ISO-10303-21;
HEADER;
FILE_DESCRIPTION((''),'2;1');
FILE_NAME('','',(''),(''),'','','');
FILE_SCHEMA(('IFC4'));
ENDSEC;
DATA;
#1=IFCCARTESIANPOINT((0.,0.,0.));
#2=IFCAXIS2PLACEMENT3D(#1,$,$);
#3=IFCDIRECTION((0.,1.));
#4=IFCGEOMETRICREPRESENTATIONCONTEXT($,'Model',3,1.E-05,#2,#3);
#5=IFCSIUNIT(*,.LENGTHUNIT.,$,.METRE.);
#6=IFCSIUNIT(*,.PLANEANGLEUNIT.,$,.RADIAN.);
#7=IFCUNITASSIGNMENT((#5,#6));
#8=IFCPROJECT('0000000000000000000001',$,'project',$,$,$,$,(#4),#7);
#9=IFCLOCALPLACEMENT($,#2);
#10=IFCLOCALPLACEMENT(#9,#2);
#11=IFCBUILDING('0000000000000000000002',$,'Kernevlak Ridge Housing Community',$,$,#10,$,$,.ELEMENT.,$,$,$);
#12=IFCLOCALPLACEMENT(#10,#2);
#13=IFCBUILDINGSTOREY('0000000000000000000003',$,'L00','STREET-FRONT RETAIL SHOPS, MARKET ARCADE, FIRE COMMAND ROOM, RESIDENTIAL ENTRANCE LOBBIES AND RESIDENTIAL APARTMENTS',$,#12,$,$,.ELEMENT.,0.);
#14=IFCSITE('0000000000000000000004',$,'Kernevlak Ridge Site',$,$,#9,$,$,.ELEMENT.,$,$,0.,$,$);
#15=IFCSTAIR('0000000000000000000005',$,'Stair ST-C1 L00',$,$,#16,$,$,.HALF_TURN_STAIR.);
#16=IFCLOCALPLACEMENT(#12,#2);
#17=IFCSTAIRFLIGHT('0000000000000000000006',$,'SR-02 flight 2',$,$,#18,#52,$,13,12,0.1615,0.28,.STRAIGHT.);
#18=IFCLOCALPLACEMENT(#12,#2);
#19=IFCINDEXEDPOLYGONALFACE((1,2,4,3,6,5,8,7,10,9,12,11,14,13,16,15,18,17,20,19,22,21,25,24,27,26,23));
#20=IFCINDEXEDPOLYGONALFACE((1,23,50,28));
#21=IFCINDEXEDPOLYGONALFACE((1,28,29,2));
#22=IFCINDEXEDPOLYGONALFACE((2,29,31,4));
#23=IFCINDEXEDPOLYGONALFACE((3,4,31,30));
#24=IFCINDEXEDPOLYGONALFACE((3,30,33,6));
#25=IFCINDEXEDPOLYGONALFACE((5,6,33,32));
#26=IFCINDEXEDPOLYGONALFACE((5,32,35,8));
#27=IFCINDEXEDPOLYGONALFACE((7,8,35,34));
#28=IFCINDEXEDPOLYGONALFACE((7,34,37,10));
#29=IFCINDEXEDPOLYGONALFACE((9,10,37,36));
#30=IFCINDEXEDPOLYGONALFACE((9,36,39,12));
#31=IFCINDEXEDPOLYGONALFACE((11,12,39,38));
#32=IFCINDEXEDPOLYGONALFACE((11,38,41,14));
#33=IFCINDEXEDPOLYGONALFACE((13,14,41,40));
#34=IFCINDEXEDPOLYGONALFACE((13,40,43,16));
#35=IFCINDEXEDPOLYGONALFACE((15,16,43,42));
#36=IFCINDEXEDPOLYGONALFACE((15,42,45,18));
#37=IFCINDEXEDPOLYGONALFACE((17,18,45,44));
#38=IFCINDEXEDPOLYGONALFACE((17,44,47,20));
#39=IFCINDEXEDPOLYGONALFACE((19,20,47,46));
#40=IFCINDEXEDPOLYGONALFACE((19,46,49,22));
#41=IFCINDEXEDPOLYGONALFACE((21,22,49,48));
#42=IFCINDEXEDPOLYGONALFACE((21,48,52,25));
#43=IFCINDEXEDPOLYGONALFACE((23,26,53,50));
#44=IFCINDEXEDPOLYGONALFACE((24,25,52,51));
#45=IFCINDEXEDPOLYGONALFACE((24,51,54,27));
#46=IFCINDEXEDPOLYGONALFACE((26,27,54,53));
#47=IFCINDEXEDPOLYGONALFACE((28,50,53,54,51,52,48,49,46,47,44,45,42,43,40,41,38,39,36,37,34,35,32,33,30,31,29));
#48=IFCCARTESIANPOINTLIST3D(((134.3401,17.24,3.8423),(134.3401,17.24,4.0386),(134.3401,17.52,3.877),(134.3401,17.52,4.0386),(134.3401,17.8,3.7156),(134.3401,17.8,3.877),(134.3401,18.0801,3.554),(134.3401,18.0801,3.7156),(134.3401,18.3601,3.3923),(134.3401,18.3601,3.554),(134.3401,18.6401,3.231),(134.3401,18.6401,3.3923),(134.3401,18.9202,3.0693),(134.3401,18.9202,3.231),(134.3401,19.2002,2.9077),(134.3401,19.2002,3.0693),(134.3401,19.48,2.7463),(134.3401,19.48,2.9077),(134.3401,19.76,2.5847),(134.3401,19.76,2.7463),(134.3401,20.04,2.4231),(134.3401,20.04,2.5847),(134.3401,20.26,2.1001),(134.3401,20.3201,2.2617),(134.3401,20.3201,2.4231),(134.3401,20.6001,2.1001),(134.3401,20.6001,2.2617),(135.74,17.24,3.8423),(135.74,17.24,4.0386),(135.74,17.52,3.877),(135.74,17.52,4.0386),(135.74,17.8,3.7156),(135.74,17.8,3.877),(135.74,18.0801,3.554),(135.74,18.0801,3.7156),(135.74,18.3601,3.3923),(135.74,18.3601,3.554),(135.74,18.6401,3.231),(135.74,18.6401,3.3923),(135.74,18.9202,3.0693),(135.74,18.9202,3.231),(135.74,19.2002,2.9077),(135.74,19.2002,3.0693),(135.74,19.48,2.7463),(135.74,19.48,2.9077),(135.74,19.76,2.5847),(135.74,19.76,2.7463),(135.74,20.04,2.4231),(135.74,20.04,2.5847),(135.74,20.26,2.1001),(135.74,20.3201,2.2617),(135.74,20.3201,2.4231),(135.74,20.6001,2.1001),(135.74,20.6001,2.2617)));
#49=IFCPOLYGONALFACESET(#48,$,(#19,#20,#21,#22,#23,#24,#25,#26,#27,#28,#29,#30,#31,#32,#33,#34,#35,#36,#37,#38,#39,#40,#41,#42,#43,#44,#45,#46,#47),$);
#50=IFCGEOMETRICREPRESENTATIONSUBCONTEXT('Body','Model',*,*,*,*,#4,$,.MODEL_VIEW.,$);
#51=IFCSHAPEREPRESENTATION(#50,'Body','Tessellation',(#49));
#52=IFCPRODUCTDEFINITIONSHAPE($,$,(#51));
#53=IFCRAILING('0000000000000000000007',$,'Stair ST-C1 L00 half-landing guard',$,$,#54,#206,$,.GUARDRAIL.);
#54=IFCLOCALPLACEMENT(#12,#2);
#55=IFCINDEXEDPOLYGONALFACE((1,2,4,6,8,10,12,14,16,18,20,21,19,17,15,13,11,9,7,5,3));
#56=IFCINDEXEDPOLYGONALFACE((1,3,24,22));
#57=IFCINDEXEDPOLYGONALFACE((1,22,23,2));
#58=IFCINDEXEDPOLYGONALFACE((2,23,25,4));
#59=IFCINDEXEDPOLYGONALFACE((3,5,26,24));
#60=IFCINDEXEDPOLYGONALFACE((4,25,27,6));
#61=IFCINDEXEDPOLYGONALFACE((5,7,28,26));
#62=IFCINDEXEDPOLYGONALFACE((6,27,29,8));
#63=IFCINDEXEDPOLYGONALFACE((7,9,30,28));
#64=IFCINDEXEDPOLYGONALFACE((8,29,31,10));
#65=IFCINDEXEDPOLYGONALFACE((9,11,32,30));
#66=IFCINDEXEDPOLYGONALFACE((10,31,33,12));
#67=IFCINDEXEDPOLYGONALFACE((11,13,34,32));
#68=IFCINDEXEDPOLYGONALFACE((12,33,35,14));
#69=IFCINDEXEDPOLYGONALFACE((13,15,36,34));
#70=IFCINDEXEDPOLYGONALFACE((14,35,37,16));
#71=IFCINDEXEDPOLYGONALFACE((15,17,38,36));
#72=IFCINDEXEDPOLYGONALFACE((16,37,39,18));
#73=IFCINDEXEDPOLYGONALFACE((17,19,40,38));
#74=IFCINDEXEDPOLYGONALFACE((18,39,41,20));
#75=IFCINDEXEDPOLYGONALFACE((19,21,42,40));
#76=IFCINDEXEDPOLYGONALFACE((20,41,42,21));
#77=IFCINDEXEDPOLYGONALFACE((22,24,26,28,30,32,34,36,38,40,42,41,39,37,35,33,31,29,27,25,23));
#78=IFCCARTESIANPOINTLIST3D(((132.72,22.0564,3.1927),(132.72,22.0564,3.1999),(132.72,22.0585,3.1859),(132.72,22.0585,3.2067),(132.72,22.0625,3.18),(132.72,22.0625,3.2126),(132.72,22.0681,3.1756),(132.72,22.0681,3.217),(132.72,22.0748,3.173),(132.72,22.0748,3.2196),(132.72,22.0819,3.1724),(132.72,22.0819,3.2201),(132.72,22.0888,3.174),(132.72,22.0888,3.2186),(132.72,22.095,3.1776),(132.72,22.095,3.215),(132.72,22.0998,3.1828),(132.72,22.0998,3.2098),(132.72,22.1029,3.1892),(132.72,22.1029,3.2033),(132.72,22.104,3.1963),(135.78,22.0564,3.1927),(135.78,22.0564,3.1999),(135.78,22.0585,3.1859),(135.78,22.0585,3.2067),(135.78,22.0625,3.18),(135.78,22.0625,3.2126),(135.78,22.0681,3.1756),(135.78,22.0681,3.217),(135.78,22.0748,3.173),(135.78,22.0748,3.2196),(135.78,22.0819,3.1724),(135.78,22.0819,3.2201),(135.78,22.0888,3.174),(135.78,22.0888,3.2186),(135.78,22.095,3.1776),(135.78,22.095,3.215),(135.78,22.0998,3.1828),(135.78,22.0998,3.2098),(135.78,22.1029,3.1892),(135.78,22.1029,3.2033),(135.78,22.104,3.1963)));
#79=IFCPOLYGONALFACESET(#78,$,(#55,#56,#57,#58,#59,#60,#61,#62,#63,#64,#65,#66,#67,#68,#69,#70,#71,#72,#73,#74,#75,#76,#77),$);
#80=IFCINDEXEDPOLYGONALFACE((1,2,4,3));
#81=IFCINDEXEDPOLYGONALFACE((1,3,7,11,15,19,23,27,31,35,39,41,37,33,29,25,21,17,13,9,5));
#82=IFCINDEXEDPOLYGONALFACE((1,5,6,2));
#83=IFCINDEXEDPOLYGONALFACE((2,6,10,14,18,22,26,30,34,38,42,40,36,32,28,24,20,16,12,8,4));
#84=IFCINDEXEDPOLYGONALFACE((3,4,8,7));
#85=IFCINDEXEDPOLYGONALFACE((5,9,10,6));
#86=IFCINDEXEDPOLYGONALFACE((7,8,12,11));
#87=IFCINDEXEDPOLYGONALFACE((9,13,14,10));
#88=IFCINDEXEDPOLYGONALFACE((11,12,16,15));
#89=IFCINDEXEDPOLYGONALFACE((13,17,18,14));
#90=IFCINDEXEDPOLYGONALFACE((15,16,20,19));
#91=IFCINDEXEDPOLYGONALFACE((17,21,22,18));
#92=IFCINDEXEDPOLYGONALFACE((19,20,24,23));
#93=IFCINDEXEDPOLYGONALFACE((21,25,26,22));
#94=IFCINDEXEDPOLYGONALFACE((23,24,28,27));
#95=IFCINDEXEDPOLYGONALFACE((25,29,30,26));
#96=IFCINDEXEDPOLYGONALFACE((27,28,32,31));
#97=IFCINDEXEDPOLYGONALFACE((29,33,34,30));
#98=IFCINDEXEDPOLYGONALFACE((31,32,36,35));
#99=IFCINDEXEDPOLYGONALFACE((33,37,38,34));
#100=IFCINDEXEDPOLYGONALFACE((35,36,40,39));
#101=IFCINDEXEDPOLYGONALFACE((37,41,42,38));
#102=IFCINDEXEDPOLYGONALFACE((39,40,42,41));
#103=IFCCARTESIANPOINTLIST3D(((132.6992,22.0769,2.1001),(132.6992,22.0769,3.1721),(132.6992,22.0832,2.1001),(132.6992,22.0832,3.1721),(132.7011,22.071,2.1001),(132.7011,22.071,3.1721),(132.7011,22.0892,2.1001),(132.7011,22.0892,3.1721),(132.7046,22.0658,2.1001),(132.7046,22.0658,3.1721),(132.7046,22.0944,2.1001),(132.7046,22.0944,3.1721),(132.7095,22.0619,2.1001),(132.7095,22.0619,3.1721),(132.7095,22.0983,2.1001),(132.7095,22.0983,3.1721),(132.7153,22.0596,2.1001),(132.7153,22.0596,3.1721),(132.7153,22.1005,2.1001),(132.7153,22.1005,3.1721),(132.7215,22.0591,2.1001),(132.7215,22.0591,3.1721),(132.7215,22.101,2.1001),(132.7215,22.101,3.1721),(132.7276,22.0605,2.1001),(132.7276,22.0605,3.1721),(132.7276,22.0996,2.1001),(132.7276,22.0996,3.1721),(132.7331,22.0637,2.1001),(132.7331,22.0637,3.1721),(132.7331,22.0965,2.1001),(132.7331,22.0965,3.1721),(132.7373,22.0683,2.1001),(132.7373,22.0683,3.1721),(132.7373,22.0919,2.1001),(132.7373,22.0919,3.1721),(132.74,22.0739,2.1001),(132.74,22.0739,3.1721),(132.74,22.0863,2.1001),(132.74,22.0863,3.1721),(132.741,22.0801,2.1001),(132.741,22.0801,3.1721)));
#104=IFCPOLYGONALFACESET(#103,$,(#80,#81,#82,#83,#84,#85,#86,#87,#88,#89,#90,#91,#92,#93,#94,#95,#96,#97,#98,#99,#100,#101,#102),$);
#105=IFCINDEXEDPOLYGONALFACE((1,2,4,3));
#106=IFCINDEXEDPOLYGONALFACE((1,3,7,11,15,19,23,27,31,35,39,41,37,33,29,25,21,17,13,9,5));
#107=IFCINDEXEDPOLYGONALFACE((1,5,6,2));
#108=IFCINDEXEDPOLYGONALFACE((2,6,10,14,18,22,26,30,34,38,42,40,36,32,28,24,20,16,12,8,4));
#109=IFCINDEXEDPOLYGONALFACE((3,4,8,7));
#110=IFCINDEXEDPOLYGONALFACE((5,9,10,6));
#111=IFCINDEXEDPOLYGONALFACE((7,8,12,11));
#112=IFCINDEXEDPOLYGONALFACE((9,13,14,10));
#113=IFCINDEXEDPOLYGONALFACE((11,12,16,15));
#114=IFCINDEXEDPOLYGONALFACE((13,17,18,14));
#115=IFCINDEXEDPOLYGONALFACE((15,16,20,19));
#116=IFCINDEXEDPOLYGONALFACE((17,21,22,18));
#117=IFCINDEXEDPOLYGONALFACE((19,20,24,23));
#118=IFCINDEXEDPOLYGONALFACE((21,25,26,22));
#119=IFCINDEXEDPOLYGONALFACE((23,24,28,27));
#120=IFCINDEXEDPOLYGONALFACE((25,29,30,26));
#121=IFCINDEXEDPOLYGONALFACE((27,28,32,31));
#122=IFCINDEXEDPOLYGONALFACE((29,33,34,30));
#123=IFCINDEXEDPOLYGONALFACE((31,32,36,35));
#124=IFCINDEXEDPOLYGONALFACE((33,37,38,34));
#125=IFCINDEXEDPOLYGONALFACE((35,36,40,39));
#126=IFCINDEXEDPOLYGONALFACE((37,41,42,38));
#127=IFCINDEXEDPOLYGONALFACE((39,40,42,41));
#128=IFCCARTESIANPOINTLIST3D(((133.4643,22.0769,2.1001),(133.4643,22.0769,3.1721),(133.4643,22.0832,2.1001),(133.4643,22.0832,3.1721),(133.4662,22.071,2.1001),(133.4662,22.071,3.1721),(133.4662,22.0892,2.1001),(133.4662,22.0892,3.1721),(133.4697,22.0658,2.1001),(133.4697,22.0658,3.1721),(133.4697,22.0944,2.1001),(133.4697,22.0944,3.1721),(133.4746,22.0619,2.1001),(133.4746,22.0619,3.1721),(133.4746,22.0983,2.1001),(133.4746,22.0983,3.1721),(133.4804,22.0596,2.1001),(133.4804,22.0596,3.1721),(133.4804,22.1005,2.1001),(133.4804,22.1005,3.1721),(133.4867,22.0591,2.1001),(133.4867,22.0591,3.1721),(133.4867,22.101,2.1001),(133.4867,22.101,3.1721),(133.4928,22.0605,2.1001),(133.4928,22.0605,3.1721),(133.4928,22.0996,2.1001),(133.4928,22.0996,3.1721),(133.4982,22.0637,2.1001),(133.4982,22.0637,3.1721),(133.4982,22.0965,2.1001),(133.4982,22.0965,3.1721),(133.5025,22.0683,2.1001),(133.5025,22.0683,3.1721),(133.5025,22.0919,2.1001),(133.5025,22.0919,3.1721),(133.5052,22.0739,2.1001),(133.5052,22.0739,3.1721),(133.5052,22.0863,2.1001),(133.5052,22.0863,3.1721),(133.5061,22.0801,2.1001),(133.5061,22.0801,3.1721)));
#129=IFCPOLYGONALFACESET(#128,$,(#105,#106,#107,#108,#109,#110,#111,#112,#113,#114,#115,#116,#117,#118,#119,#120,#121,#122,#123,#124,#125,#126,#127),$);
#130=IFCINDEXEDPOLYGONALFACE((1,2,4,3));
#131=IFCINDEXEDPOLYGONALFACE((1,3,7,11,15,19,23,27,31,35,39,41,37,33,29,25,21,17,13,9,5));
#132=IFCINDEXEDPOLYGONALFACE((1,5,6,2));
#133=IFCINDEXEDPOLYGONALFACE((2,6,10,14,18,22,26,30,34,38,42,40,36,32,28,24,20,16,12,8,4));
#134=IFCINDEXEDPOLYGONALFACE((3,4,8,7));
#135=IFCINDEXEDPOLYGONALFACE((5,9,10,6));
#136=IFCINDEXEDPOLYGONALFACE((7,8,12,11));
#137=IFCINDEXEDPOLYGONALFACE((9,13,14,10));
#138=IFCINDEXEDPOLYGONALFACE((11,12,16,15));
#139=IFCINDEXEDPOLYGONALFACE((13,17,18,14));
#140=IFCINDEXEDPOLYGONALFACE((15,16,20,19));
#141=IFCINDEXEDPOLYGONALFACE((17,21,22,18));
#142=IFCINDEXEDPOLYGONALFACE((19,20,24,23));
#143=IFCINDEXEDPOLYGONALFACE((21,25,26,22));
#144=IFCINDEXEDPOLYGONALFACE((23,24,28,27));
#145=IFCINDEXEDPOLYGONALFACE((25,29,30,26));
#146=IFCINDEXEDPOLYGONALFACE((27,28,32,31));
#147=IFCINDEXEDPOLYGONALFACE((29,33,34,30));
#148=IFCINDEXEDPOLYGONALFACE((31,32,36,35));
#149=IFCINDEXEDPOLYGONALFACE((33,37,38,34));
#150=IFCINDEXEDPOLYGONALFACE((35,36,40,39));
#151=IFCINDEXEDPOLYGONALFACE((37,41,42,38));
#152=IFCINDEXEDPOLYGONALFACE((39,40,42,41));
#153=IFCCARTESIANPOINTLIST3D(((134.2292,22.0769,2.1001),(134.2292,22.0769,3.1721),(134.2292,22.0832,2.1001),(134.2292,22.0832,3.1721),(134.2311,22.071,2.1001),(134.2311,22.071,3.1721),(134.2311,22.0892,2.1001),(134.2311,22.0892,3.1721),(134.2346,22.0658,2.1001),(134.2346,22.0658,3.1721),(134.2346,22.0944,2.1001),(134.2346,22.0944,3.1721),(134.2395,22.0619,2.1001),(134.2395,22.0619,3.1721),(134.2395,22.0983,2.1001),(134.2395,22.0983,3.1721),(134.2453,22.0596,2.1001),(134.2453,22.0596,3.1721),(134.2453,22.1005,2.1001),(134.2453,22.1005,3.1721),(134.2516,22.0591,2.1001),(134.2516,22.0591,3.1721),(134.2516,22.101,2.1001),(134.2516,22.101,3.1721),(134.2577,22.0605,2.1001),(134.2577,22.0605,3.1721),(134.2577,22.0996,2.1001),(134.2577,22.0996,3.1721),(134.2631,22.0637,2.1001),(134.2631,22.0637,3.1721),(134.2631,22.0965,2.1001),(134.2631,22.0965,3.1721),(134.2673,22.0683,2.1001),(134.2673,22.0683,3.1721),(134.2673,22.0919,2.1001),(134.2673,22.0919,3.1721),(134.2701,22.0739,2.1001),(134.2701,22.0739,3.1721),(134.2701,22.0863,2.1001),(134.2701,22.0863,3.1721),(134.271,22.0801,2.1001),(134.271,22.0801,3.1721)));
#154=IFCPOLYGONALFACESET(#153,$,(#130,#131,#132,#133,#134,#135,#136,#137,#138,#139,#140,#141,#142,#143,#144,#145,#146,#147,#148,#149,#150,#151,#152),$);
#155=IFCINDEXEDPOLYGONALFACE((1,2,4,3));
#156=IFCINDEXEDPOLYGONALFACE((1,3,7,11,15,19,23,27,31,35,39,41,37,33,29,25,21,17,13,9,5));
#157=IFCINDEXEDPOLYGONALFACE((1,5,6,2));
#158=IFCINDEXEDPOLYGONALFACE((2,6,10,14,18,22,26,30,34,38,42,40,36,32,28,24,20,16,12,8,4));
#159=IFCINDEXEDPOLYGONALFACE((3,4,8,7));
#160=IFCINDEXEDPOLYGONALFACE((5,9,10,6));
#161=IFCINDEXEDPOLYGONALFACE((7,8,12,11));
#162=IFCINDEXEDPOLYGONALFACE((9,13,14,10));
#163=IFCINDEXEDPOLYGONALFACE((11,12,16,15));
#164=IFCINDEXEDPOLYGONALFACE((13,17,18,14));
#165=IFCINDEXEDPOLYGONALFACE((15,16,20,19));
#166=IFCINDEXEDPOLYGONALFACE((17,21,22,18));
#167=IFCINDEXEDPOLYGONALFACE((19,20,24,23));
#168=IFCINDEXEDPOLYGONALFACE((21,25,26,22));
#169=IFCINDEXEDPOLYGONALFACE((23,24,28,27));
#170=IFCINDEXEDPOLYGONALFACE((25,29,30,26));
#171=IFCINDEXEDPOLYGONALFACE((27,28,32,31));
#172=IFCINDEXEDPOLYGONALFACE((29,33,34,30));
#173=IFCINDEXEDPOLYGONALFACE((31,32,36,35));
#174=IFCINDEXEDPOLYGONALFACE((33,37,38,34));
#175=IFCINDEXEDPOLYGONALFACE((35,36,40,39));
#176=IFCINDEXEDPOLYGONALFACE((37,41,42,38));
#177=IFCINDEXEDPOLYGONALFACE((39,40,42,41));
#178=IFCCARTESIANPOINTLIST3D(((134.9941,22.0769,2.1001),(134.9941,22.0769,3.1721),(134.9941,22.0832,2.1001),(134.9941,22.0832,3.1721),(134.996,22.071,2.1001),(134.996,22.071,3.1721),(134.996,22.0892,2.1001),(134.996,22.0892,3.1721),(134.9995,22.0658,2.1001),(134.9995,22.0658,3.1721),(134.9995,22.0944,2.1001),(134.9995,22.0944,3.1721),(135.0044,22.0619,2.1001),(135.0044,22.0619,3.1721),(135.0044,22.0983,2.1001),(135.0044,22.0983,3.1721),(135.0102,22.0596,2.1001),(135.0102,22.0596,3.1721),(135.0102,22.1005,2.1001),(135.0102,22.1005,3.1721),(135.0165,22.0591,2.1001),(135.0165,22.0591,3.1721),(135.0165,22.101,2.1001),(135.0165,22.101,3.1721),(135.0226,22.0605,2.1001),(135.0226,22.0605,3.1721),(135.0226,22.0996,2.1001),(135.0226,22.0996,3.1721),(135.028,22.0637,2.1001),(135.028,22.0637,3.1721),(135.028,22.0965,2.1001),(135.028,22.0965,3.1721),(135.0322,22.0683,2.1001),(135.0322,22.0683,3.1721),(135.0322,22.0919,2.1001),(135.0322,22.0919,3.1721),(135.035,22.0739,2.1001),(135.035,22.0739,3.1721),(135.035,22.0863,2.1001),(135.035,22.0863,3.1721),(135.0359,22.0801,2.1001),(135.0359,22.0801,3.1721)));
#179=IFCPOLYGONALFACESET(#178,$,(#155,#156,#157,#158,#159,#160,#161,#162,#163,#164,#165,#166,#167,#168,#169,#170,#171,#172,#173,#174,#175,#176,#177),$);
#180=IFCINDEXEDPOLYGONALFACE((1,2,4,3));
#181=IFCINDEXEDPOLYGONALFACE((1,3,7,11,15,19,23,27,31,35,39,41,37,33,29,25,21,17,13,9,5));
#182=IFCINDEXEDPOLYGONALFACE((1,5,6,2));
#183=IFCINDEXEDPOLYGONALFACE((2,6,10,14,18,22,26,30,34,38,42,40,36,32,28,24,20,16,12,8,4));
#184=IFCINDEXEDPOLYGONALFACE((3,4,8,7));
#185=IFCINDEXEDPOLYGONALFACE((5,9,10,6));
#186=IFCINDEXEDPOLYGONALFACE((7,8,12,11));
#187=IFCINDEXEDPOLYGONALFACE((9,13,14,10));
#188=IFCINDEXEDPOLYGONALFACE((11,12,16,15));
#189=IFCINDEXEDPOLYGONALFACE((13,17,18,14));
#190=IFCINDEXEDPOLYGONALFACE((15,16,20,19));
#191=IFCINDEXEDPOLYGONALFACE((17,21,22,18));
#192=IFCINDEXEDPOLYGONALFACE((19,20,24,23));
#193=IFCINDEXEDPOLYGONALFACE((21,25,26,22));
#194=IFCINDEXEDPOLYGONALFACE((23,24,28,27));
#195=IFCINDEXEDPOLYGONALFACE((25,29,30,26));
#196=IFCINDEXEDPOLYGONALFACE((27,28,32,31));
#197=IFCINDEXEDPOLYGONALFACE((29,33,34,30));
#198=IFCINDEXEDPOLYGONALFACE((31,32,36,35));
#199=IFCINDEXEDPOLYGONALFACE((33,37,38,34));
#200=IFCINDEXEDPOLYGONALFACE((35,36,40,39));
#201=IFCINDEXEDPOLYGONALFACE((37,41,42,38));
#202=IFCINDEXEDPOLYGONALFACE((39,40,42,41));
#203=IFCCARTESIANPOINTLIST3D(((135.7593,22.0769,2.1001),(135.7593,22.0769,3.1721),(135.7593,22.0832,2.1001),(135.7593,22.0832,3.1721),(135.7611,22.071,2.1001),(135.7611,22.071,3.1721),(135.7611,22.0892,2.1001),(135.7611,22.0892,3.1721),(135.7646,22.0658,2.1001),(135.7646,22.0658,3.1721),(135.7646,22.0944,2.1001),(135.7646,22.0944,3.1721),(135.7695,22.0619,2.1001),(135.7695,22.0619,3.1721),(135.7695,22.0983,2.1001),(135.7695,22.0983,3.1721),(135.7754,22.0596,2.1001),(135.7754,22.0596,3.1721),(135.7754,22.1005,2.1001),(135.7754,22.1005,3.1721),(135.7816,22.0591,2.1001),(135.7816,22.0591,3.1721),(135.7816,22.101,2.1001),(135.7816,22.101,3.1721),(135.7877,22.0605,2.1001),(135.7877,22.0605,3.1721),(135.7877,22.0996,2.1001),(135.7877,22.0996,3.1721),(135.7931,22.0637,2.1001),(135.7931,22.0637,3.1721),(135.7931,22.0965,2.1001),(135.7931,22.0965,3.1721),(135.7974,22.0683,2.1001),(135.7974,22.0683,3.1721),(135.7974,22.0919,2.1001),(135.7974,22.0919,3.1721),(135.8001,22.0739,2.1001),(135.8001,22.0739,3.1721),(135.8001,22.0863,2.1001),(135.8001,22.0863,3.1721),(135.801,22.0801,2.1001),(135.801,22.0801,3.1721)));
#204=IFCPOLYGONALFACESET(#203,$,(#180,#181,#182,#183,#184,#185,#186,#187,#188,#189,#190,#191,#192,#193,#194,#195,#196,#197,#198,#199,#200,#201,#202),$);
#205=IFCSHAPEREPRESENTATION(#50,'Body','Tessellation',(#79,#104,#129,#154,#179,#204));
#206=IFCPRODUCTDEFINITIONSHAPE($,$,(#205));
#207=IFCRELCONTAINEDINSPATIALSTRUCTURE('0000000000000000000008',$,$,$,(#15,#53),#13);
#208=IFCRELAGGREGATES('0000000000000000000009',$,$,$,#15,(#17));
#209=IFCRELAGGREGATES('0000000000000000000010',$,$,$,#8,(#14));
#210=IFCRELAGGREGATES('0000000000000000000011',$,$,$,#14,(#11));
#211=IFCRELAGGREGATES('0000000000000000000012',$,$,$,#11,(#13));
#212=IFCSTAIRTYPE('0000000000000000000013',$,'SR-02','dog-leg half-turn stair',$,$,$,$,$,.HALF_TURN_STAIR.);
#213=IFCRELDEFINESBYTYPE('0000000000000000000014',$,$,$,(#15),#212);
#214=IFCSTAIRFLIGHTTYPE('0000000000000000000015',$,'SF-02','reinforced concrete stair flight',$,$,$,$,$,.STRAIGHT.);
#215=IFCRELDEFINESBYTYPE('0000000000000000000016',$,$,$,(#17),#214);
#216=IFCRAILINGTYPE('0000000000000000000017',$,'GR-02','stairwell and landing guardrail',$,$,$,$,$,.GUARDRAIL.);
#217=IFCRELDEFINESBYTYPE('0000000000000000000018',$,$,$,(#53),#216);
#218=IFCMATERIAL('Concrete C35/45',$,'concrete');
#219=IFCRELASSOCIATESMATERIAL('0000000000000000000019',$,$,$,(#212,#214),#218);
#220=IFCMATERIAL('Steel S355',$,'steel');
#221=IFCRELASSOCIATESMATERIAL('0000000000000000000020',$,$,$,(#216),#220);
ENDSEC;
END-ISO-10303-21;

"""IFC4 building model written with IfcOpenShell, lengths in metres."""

from ifc_helpers import new_model, si_unit, direction, frame, origin, origin_2d, place, context, subcontext, project, spatial, polyline, circle, outline, extrude, material, type_object, element, aggregate, save


model = new_model("IFC4")

# Units and contexts
model_context = context("Model", 3, precision=1e-05, world=origin(), true_north=direction((0.0, 1.0)))
body_context = subcontext(model_context, "Body", "Model", "MODEL_VIEW")
ifc_project = project(units=[si_unit("LENGTHUNIT", "METRE"), si_unit("PLANEANGLEUNIT", "RADIAN")], contexts=[model_context])

# Site, building, storey
site_placement = place(None, origin())
site = spatial("IfcSite", under=ifc_project, at=site_placement, Name="Kernevlak Ridge Site", CompositionType="ELEMENT", RefElevation=0.0)
building_placement = place(site_placement, origin())
building = spatial("IfcBuilding", under=site, at=building_placement, Name="Kernevlak Ridge Housing Community", CompositionType="ELEMENT")
storey_placement = place(building_placement, origin())
storey = spatial("IfcBuildingStorey", under=building, at=storey_placement, Name="L00", Description="STREET-FRONT RETAIL SHOPS, MARKET ARCADE, FIRE COMMAND ROOM, RESIDENTIAL ENTRANCE LOBBIES AND RESIDENTIAL APARTMENTS", CompositionType="ELEMENT", Elevation=0.0)

# Shared definitions
ifc_material_1 = material(Name="Concrete C35/45", Category="concrete")

# Stair, stair flight
stair_type = type_object("IfcStairType", Name="SR-02", Description="dog-leg half-turn stair", PredefinedType="HALF_TURN_STAIR", material=ifc_material_1)
stair_placement = place(storey_placement, origin())
stair = element("IfcStair", 1, at=stair_placement, inside=storey, type_object=stair_type, Name="Stair ST-C1 L00", PredefinedType="HALF_TURN_STAIR")
stair_flight_type = type_object("IfcStairFlightType", Name="SF-02", Description="reinforced concrete stair flight", PredefinedType="STRAIGHT", material=ifc_material_1)
stair_flight_placement = place(storey_placement, frame((135.04, 20.6001, 2.1001), z_axis=(0.0, 0.0, 1.0), x_axis=(0.0, -1.0, 0.0)))
stair_flight = element("IfcStairFlight", 2, at=stair_flight_placement, type_object=stair_flight_type, Name="SR-02 flight 2", NumberOfRisers=13, NumberOfTreads=12, PredefinedType="STRAIGHT", RiserHeight=0.1615, TreadLength=0.28, context=body_context, shape_type="SweptSolid", body=[
    extrude(outline(polyline([(0.0, 0.0), (0.0, 0.1616), (0.28, 0.1616), (0.28, 0.323), (0.5601, 0.323), (0.5601, 0.4846), (0.8401, 0.4846), (0.8401, 0.6462), (1.1201, 0.6462), (1.1201, 0.8076), (1.3999, 0.8076), (1.3999, 0.9692), (1.6799, 0.9692), (1.6799, 1.1309), (1.96, 1.1309), (1.96, 1.2922), (2.24, 1.2922), (2.24, 1.4539), (2.52, 1.4539), (2.52, 1.6155), (2.8, 1.6155), (2.8, 1.7769), (3.0801, 1.7769), (3.0801, 1.9385), (3.3601, 1.9385), (3.3601, 2.1001), (3.3601, 1.7422), (0.3401, 0.0), (0.0, 0.0)])), frame((0.0, 0.7, 0.0), z_axis=(0.0, -1.0, 0.0), x_axis=(1.0, 0.0, 0.0)), (0.0, 0.0, 1.0), 1.3999),
])
aggregate(stair, [stair_flight])

# Railing
ifc_material_2 = material(Name="Steel S355", Category="steel")
railing_type_1 = type_object("IfcRailingType", Name="GR-02", Description="stairwell and landing guardrail", PredefinedType="GUARDRAIL", material=ifc_material_2)
railing_1_placement = place(storey_placement, frame((132.72, 22.0801, 2.1001)))
element("IfcRailing", 3, at=railing_1_placement, inside=storey, type_object=railing_type_1, Name="Stair ST-C1 L00 half-landing guard", PredefinedType="GUARDRAIL", context=body_context, shape_type="SweptSolid", body=[
    extrude(circle(Radius=0.0239, at=origin_2d()), frame((0.0, 0.0, 1.0962), z_axis=(1.0, 0.0, 0.0), x_axis=(0.0, 1.0, 0.0)), (0.0, 0.0, 1.0), 3.0601),
    extrude(circle(Radius=0.021, at=origin_2d()), origin(), (0.0, 0.0, 1.0), 1.072),
    extrude(circle(Radius=0.021, at=origin_2d()), frame((0.7651, 0.0, 0.0)), (0.0, 0.0, 1.0), 1.072),
    extrude(circle(Radius=0.021, at=origin_2d()), frame((1.53, 0.0, 0.0)), (0.0, 0.0, 1.0), 1.072),
    extrude(circle(Radius=0.021, at=origin_2d()), frame((2.2949, 0.0, 0.0)), (0.0, 0.0, 1.0), 1.072),
    extrude(circle(Radius=0.021, at=origin_2d()), frame((3.0601, 0.0, 0.0)), (0.0, 0.0, 1.0), 1.072),
])

save(model, "model.ifc")
